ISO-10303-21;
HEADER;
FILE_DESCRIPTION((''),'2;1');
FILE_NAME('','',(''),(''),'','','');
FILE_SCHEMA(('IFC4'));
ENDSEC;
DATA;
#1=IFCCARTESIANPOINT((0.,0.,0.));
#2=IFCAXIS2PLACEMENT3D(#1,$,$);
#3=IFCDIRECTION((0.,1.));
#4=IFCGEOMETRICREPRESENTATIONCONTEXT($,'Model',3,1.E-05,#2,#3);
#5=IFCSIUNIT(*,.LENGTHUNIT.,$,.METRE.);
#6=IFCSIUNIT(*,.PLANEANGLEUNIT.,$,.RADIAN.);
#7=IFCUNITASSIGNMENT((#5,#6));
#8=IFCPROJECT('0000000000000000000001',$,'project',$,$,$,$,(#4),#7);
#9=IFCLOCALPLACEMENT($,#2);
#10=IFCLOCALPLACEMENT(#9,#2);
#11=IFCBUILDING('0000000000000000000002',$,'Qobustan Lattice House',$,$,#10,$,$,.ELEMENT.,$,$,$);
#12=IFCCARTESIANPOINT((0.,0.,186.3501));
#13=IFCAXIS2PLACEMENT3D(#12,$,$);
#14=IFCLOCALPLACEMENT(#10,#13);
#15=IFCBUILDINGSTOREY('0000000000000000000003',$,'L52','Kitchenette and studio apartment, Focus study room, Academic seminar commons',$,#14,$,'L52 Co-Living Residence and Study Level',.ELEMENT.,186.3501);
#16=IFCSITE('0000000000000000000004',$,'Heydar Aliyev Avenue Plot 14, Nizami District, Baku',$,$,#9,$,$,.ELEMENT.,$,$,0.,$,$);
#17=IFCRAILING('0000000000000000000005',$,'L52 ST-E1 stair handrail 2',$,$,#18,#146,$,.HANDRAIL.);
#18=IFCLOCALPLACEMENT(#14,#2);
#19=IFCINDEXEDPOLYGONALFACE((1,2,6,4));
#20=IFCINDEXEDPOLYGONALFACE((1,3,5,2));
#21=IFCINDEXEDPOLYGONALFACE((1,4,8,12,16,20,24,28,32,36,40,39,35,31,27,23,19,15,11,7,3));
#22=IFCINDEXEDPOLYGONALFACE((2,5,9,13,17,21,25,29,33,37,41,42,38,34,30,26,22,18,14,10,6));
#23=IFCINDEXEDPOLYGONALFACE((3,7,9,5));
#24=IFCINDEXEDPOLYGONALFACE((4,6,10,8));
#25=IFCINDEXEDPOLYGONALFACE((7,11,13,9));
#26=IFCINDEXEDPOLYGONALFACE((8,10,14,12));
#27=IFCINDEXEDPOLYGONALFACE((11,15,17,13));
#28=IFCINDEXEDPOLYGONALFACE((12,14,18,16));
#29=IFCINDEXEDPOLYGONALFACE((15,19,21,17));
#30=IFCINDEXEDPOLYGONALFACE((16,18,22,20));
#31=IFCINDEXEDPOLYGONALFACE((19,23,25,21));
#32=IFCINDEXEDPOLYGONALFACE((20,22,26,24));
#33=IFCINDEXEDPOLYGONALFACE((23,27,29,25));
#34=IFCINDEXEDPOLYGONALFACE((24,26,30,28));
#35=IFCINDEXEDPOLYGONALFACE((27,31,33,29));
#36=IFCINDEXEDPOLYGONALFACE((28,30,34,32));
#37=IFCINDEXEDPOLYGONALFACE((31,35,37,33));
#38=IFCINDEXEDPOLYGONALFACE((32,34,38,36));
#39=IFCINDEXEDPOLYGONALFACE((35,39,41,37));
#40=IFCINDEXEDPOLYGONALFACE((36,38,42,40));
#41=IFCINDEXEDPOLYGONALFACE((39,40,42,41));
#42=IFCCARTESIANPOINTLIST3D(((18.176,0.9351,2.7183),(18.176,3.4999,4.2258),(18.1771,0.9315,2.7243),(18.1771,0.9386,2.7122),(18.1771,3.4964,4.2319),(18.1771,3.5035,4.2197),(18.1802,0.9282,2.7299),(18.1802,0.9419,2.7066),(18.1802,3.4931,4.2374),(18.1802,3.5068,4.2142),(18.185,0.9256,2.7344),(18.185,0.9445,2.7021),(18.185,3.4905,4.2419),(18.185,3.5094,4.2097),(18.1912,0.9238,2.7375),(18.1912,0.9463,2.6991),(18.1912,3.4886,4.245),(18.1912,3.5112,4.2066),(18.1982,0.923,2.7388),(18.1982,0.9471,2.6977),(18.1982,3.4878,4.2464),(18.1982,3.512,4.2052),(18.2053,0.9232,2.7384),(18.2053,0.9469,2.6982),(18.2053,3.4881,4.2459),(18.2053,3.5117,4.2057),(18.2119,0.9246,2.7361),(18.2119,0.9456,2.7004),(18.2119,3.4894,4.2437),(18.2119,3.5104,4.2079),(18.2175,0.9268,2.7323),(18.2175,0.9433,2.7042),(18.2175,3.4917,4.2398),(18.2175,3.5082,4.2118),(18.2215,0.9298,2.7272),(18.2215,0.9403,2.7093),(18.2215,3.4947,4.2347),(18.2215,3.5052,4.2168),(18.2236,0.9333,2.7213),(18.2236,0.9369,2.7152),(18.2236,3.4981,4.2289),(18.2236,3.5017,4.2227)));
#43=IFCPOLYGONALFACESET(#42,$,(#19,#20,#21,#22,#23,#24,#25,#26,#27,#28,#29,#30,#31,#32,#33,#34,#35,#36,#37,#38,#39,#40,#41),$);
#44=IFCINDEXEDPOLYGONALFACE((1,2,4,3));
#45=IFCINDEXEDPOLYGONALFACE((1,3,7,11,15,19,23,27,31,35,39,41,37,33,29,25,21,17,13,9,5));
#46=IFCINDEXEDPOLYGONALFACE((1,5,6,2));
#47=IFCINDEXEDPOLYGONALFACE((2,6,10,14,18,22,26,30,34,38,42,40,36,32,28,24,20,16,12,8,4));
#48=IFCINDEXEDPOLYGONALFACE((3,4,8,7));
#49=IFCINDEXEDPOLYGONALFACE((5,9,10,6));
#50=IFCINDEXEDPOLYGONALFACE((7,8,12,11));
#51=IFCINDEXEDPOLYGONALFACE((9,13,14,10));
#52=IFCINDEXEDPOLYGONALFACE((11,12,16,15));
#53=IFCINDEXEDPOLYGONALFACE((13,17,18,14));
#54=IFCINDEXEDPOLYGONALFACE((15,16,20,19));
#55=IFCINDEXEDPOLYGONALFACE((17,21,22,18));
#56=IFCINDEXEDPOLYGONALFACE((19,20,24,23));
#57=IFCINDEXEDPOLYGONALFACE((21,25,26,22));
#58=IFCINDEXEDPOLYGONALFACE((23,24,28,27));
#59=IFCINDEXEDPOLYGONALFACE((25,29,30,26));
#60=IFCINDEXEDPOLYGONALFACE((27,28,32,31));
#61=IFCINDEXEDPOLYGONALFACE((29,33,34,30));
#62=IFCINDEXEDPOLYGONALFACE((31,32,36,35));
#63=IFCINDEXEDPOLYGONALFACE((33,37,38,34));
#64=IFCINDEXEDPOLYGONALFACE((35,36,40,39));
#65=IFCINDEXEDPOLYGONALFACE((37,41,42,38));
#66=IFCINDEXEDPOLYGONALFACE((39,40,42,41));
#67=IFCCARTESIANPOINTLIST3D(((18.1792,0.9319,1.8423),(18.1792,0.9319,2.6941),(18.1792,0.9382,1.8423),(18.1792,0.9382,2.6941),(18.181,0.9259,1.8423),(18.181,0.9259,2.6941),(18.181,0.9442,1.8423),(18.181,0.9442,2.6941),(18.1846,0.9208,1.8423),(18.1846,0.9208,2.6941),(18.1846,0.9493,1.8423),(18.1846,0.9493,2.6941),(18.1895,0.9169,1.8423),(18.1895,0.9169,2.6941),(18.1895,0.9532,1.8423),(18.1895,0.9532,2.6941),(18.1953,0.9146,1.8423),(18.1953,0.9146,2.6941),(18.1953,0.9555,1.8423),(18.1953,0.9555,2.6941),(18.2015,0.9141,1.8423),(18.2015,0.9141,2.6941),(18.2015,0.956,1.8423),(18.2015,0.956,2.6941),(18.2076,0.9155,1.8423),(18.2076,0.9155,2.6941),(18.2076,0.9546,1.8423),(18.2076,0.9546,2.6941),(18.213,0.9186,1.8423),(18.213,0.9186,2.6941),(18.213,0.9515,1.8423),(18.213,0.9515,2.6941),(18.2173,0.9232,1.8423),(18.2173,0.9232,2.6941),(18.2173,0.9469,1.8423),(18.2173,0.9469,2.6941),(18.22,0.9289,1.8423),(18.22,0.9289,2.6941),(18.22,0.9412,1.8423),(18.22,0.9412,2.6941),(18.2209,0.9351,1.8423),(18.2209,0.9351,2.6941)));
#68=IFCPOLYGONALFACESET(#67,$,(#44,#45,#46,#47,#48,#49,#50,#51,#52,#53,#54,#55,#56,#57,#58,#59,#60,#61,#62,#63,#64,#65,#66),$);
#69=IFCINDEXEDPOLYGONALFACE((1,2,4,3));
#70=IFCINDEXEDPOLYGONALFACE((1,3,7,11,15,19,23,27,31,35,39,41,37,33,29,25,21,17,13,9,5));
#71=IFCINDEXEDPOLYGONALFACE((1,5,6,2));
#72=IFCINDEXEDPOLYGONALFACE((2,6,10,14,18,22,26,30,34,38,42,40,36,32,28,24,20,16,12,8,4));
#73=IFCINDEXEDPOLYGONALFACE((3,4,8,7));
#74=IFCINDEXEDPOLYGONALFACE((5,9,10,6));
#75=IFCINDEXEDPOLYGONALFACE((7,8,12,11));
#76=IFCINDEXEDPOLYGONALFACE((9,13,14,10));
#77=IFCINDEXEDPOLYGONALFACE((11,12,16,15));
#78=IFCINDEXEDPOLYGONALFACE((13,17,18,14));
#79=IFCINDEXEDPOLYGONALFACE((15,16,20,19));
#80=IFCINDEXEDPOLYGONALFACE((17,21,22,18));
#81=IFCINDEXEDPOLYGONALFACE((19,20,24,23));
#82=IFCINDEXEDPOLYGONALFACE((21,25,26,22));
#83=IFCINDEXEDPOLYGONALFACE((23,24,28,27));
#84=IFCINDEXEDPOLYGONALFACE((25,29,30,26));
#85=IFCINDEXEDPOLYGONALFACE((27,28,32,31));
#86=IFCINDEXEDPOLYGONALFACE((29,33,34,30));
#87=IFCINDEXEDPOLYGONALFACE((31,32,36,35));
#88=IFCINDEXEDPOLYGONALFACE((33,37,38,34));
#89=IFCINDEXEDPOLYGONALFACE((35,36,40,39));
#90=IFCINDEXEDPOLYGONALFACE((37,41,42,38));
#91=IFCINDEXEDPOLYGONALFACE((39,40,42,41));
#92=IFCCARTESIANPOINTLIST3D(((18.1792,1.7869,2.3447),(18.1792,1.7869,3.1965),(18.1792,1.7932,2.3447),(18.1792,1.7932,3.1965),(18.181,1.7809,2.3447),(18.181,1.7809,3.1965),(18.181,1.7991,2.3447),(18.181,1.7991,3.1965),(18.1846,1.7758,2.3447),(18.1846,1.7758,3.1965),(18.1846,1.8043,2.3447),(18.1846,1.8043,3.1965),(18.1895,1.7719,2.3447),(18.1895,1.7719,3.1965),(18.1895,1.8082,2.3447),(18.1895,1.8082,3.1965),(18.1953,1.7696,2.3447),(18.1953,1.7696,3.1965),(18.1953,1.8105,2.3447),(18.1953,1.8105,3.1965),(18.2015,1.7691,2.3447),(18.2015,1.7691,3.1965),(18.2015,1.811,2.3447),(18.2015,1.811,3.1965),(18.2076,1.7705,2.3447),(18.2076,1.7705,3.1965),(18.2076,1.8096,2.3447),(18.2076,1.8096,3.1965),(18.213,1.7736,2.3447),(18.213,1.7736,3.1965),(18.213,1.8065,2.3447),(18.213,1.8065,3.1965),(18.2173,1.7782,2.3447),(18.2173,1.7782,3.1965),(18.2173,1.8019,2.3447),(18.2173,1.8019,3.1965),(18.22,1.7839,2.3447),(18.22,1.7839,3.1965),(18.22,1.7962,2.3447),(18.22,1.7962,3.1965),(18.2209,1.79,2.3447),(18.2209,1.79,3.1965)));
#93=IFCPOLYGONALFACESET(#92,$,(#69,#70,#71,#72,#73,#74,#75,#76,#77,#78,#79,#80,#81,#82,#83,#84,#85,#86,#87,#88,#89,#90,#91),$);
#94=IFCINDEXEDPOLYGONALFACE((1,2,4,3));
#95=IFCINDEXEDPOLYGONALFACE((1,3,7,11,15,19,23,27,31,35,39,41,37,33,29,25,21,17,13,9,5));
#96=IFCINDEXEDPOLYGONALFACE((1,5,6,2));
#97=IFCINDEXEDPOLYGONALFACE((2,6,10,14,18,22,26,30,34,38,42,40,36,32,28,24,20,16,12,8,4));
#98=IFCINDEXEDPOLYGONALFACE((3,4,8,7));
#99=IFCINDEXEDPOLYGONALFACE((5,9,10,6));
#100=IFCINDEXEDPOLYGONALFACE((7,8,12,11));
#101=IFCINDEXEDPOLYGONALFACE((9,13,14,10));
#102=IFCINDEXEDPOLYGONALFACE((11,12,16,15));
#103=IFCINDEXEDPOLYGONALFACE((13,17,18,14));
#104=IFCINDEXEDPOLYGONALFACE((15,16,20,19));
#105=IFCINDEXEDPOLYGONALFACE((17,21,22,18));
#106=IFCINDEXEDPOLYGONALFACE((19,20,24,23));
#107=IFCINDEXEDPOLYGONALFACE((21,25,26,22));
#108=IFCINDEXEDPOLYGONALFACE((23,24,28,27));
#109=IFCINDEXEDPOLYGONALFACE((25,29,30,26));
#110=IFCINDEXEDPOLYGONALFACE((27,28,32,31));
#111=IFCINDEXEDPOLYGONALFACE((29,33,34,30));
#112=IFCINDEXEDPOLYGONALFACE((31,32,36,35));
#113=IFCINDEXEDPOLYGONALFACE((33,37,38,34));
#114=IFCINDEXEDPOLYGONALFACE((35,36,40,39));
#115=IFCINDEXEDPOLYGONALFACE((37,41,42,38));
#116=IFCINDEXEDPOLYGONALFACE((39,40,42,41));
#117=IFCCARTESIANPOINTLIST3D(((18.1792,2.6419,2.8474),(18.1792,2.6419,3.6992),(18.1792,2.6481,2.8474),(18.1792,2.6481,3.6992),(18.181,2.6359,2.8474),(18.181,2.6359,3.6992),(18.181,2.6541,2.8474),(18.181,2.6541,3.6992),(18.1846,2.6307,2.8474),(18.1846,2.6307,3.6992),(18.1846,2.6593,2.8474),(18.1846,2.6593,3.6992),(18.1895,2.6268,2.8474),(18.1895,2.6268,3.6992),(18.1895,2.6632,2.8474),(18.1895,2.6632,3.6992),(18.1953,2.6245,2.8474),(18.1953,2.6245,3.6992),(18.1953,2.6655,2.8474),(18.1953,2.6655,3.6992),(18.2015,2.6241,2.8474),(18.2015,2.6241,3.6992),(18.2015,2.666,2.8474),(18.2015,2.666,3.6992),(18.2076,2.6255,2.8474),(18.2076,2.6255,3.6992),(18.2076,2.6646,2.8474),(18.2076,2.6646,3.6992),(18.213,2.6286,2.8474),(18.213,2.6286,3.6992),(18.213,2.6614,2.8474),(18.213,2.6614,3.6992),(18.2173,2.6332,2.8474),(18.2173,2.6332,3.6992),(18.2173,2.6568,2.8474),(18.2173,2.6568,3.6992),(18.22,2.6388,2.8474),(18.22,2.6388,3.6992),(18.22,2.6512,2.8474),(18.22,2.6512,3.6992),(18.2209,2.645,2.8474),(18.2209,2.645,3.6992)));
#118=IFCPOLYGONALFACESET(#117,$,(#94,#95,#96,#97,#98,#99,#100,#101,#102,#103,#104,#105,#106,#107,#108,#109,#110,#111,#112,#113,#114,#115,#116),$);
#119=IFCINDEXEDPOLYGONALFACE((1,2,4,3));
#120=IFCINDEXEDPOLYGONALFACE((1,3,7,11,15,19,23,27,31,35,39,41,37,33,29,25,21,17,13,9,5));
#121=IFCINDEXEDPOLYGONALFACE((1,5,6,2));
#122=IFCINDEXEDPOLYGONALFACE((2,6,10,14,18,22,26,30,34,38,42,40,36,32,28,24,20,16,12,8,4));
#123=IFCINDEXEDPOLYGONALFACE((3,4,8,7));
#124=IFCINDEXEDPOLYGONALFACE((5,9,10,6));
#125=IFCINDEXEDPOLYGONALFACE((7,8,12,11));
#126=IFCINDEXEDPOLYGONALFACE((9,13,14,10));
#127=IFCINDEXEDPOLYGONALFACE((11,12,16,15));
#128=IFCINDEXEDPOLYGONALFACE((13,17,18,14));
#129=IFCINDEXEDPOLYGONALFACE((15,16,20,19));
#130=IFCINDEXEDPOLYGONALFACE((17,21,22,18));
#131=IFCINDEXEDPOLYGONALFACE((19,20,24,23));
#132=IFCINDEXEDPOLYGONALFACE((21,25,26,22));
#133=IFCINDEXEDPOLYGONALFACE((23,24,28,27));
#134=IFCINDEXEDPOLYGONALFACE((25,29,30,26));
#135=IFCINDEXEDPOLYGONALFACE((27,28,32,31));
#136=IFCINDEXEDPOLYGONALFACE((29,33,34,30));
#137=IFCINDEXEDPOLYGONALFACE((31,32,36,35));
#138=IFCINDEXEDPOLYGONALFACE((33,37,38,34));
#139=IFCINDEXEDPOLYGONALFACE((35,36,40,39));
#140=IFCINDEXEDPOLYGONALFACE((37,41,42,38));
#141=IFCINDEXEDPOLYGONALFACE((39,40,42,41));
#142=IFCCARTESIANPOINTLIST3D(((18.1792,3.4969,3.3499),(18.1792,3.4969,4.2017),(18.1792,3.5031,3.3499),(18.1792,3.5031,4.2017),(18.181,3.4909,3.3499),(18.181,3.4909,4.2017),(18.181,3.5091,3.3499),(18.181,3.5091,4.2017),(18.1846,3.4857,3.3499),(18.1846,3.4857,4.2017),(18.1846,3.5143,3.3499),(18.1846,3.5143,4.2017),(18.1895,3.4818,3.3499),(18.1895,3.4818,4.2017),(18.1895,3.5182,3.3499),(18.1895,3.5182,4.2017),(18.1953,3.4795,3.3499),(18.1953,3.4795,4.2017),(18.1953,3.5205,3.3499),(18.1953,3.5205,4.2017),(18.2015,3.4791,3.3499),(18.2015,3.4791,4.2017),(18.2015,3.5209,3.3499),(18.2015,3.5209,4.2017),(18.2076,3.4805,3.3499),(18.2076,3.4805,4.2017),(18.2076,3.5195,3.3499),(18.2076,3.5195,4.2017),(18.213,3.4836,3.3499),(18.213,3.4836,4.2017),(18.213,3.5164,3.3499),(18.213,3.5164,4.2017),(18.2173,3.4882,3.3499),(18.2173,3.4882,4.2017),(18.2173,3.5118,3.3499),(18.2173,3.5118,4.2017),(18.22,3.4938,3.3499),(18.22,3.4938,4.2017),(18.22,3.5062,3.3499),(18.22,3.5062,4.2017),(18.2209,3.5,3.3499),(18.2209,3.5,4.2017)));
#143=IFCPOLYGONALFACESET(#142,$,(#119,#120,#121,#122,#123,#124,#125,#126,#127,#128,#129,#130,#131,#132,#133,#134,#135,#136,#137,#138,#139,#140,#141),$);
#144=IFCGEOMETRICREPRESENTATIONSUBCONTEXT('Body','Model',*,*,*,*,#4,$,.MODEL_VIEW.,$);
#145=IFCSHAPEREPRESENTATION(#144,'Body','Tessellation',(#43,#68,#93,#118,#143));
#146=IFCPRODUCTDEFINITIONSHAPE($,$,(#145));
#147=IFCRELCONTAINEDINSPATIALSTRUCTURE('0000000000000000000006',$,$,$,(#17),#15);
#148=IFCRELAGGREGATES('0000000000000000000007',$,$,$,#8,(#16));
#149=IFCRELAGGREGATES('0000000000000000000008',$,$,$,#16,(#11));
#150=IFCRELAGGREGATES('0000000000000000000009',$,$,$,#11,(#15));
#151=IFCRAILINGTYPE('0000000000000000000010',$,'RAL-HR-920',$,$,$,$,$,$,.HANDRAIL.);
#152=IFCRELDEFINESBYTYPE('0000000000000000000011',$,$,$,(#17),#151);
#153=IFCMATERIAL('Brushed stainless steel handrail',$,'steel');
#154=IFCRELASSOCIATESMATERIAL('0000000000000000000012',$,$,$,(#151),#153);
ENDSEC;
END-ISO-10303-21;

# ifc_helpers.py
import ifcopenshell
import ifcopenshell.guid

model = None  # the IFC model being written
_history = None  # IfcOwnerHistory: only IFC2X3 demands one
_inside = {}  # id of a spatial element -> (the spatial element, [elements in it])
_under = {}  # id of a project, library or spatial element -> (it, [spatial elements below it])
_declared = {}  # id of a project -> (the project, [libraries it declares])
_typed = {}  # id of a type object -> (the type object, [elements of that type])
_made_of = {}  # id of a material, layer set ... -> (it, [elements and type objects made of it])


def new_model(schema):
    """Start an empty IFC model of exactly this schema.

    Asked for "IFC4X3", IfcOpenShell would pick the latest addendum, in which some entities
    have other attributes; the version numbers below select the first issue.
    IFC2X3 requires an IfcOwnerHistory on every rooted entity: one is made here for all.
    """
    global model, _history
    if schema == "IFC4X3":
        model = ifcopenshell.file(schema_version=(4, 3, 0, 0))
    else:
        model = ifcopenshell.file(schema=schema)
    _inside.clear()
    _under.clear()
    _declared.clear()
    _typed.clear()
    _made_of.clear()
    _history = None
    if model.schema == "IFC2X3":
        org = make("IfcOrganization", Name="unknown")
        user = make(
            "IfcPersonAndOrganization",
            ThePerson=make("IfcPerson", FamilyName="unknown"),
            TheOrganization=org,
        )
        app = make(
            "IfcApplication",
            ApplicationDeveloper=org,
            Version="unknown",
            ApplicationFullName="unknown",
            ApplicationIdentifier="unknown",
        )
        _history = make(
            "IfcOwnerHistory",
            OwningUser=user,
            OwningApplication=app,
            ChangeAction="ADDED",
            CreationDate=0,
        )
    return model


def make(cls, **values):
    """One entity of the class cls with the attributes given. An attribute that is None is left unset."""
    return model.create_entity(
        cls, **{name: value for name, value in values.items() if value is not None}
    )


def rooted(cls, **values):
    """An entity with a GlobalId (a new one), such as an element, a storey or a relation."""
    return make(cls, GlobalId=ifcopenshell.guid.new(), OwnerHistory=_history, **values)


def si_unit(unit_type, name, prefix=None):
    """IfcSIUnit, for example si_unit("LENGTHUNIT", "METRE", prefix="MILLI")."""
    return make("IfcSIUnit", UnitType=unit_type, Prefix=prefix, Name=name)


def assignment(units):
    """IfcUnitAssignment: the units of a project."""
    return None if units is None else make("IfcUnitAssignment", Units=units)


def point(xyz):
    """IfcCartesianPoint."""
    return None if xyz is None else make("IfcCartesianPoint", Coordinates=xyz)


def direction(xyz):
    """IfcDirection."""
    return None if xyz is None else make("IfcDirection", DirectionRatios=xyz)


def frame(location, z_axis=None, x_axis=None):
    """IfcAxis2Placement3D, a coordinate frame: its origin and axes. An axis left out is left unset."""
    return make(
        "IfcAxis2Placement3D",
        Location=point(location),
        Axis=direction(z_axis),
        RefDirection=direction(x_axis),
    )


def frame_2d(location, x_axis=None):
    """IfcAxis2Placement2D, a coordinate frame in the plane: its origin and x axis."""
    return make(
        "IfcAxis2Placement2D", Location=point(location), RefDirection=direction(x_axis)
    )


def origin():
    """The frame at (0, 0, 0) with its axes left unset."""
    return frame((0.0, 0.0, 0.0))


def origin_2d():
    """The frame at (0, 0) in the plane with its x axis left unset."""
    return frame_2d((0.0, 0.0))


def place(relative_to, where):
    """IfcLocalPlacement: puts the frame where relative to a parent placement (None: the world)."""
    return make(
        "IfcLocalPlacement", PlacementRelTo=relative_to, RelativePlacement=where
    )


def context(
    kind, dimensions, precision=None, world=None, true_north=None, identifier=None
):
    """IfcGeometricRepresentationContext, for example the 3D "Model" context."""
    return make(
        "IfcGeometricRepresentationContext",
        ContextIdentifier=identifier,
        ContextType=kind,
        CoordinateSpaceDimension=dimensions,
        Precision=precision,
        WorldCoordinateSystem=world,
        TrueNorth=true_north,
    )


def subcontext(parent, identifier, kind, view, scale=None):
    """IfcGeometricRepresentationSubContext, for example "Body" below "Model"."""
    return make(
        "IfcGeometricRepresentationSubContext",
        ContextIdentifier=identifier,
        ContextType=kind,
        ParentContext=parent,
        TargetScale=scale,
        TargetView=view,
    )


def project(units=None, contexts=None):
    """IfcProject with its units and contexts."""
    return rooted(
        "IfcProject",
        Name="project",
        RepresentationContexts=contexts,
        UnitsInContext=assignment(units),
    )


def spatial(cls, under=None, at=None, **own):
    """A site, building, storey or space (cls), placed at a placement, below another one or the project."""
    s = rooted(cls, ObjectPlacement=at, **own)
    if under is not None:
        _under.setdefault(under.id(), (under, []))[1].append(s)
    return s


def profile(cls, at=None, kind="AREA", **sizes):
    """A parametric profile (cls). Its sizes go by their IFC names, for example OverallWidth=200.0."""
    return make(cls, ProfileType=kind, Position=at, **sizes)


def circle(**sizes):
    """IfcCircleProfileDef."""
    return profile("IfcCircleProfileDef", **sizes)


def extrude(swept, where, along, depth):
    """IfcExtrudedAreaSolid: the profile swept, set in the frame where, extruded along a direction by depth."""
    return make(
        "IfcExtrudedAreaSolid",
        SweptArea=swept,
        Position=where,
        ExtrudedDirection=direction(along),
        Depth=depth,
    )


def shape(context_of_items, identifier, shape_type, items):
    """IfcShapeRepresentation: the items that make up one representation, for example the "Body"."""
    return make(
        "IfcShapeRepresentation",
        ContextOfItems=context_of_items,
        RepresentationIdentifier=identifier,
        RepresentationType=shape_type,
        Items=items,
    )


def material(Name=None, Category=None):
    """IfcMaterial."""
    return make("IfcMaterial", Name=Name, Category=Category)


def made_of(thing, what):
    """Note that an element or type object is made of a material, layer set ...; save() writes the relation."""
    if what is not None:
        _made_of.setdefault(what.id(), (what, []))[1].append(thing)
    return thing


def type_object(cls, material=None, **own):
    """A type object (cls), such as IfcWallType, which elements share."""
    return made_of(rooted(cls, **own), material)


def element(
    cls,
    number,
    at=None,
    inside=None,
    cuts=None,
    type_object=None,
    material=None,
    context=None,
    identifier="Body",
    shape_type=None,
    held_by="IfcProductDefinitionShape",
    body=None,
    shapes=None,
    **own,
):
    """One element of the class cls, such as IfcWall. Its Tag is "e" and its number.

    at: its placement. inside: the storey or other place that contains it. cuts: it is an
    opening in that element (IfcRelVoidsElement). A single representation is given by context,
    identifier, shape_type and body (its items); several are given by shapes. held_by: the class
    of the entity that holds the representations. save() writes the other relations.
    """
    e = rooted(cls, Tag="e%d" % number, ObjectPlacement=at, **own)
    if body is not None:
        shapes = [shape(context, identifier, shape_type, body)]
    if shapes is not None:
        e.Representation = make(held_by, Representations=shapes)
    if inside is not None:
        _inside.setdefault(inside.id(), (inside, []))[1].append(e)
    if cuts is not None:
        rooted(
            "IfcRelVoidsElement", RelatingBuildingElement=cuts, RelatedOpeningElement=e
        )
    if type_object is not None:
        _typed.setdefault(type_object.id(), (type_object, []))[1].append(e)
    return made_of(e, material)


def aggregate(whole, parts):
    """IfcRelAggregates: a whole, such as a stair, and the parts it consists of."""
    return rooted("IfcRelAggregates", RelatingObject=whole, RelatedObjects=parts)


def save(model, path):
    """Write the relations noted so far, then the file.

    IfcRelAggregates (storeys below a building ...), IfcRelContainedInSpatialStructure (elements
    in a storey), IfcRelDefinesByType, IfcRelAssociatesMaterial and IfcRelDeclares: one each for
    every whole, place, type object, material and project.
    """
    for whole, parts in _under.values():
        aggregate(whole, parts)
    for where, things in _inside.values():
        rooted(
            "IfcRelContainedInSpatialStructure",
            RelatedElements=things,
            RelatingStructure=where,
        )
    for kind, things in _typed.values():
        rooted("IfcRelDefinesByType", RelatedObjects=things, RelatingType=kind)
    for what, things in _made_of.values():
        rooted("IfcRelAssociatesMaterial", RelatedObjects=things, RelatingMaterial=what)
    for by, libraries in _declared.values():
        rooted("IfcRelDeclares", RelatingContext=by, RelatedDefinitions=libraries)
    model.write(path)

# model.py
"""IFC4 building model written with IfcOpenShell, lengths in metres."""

from ifc_helpers import new_model, si_unit, direction, frame, origin, origin_2d, place, context, subcontext, project, spatial, circle, extrude, material, type_object, element, save


model = new_model("IFC4")

# Units and contexts
model_context = context("Model", 3, precision=1e-05, world=origin(), true_north=direction((0.0, 1.0)))
body_context = subcontext(model_context, "Body", "Model", "MODEL_VIEW")
ifc_project = project(units=[si_unit("LENGTHUNIT", "METRE"), si_unit("PLANEANGLEUNIT", "RADIAN")], contexts=[model_context])

# Site, building, storey
site_placement = place(None, origin())
site = spatial("IfcSite", under=ifc_project, at=site_placement, Name="Heydar Aliyev Avenue Plot 14, Nizami District, Baku", CompositionType="ELEMENT", RefElevation=0.0)
building_placement = place(site_placement, origin())
building = spatial("IfcBuilding", under=site, at=building_placement, Name="Qobustan Lattice House", CompositionType="ELEMENT")
storey_placement = place(building_placement, frame((0.0, 0.0, 186.3501)))
storey = spatial("IfcBuildingStorey", under=building, at=storey_placement, Name="L52", Description="Kitchenette and studio apartment, Focus study room, Academic seminar commons", LongName="L52 Co-Living Residence and Study Level", CompositionType="ELEMENT", Elevation=186.3501)

# Railing
ifc_material_1 = material(Name="Brushed stainless steel handrail", Category="steel")
railing_type_1 = type_object("IfcRailingType", Name="RAL-HR-920", PredefinedType="HANDRAIL", material=ifc_material_1)
railing_1_placement = place(storey_placement, frame((18.2, 0.9351, 1.8423)))
element("IfcRailing", 1, at=railing_1_placement, inside=storey, type_object=railing_type_1, Name="L52 ST-E1 stair handrail 2", PredefinedType="HANDRAIL", context=body_context, shape_type="SweptSolid", body=[
    extrude(circle(Radius=0.0239, at=origin_2d()), frame((0.0, 0.0, 0.876), z_axis=(0.0, 0.862113, 0.506715), x_axis=(-1.0, 0.0, 0.0)), (0.0, 0.0, 1.0), 2.9751),
    extrude(circle(Radius=0.021, at=origin_2d()), origin(), (0.0, 0.0, 1.0), 0.8518),
    extrude(circle(Radius=0.021, at=origin_2d()), frame((0.0, 0.855, 0.5024)), (0.0, 0.0, 1.0), 0.8518),
    extrude(circle(Radius=0.021, at=origin_2d()), frame((0.0, 1.71, 1.0051)), (0.0, 0.0, 1.0), 0.8518),
    extrude(circle(Radius=0.021, at=origin_2d()), frame((0.0, 2.5649, 1.5076)), (0.0, 0.0, 1.0), 0.8518),
])

save(model, "model.ifc")
